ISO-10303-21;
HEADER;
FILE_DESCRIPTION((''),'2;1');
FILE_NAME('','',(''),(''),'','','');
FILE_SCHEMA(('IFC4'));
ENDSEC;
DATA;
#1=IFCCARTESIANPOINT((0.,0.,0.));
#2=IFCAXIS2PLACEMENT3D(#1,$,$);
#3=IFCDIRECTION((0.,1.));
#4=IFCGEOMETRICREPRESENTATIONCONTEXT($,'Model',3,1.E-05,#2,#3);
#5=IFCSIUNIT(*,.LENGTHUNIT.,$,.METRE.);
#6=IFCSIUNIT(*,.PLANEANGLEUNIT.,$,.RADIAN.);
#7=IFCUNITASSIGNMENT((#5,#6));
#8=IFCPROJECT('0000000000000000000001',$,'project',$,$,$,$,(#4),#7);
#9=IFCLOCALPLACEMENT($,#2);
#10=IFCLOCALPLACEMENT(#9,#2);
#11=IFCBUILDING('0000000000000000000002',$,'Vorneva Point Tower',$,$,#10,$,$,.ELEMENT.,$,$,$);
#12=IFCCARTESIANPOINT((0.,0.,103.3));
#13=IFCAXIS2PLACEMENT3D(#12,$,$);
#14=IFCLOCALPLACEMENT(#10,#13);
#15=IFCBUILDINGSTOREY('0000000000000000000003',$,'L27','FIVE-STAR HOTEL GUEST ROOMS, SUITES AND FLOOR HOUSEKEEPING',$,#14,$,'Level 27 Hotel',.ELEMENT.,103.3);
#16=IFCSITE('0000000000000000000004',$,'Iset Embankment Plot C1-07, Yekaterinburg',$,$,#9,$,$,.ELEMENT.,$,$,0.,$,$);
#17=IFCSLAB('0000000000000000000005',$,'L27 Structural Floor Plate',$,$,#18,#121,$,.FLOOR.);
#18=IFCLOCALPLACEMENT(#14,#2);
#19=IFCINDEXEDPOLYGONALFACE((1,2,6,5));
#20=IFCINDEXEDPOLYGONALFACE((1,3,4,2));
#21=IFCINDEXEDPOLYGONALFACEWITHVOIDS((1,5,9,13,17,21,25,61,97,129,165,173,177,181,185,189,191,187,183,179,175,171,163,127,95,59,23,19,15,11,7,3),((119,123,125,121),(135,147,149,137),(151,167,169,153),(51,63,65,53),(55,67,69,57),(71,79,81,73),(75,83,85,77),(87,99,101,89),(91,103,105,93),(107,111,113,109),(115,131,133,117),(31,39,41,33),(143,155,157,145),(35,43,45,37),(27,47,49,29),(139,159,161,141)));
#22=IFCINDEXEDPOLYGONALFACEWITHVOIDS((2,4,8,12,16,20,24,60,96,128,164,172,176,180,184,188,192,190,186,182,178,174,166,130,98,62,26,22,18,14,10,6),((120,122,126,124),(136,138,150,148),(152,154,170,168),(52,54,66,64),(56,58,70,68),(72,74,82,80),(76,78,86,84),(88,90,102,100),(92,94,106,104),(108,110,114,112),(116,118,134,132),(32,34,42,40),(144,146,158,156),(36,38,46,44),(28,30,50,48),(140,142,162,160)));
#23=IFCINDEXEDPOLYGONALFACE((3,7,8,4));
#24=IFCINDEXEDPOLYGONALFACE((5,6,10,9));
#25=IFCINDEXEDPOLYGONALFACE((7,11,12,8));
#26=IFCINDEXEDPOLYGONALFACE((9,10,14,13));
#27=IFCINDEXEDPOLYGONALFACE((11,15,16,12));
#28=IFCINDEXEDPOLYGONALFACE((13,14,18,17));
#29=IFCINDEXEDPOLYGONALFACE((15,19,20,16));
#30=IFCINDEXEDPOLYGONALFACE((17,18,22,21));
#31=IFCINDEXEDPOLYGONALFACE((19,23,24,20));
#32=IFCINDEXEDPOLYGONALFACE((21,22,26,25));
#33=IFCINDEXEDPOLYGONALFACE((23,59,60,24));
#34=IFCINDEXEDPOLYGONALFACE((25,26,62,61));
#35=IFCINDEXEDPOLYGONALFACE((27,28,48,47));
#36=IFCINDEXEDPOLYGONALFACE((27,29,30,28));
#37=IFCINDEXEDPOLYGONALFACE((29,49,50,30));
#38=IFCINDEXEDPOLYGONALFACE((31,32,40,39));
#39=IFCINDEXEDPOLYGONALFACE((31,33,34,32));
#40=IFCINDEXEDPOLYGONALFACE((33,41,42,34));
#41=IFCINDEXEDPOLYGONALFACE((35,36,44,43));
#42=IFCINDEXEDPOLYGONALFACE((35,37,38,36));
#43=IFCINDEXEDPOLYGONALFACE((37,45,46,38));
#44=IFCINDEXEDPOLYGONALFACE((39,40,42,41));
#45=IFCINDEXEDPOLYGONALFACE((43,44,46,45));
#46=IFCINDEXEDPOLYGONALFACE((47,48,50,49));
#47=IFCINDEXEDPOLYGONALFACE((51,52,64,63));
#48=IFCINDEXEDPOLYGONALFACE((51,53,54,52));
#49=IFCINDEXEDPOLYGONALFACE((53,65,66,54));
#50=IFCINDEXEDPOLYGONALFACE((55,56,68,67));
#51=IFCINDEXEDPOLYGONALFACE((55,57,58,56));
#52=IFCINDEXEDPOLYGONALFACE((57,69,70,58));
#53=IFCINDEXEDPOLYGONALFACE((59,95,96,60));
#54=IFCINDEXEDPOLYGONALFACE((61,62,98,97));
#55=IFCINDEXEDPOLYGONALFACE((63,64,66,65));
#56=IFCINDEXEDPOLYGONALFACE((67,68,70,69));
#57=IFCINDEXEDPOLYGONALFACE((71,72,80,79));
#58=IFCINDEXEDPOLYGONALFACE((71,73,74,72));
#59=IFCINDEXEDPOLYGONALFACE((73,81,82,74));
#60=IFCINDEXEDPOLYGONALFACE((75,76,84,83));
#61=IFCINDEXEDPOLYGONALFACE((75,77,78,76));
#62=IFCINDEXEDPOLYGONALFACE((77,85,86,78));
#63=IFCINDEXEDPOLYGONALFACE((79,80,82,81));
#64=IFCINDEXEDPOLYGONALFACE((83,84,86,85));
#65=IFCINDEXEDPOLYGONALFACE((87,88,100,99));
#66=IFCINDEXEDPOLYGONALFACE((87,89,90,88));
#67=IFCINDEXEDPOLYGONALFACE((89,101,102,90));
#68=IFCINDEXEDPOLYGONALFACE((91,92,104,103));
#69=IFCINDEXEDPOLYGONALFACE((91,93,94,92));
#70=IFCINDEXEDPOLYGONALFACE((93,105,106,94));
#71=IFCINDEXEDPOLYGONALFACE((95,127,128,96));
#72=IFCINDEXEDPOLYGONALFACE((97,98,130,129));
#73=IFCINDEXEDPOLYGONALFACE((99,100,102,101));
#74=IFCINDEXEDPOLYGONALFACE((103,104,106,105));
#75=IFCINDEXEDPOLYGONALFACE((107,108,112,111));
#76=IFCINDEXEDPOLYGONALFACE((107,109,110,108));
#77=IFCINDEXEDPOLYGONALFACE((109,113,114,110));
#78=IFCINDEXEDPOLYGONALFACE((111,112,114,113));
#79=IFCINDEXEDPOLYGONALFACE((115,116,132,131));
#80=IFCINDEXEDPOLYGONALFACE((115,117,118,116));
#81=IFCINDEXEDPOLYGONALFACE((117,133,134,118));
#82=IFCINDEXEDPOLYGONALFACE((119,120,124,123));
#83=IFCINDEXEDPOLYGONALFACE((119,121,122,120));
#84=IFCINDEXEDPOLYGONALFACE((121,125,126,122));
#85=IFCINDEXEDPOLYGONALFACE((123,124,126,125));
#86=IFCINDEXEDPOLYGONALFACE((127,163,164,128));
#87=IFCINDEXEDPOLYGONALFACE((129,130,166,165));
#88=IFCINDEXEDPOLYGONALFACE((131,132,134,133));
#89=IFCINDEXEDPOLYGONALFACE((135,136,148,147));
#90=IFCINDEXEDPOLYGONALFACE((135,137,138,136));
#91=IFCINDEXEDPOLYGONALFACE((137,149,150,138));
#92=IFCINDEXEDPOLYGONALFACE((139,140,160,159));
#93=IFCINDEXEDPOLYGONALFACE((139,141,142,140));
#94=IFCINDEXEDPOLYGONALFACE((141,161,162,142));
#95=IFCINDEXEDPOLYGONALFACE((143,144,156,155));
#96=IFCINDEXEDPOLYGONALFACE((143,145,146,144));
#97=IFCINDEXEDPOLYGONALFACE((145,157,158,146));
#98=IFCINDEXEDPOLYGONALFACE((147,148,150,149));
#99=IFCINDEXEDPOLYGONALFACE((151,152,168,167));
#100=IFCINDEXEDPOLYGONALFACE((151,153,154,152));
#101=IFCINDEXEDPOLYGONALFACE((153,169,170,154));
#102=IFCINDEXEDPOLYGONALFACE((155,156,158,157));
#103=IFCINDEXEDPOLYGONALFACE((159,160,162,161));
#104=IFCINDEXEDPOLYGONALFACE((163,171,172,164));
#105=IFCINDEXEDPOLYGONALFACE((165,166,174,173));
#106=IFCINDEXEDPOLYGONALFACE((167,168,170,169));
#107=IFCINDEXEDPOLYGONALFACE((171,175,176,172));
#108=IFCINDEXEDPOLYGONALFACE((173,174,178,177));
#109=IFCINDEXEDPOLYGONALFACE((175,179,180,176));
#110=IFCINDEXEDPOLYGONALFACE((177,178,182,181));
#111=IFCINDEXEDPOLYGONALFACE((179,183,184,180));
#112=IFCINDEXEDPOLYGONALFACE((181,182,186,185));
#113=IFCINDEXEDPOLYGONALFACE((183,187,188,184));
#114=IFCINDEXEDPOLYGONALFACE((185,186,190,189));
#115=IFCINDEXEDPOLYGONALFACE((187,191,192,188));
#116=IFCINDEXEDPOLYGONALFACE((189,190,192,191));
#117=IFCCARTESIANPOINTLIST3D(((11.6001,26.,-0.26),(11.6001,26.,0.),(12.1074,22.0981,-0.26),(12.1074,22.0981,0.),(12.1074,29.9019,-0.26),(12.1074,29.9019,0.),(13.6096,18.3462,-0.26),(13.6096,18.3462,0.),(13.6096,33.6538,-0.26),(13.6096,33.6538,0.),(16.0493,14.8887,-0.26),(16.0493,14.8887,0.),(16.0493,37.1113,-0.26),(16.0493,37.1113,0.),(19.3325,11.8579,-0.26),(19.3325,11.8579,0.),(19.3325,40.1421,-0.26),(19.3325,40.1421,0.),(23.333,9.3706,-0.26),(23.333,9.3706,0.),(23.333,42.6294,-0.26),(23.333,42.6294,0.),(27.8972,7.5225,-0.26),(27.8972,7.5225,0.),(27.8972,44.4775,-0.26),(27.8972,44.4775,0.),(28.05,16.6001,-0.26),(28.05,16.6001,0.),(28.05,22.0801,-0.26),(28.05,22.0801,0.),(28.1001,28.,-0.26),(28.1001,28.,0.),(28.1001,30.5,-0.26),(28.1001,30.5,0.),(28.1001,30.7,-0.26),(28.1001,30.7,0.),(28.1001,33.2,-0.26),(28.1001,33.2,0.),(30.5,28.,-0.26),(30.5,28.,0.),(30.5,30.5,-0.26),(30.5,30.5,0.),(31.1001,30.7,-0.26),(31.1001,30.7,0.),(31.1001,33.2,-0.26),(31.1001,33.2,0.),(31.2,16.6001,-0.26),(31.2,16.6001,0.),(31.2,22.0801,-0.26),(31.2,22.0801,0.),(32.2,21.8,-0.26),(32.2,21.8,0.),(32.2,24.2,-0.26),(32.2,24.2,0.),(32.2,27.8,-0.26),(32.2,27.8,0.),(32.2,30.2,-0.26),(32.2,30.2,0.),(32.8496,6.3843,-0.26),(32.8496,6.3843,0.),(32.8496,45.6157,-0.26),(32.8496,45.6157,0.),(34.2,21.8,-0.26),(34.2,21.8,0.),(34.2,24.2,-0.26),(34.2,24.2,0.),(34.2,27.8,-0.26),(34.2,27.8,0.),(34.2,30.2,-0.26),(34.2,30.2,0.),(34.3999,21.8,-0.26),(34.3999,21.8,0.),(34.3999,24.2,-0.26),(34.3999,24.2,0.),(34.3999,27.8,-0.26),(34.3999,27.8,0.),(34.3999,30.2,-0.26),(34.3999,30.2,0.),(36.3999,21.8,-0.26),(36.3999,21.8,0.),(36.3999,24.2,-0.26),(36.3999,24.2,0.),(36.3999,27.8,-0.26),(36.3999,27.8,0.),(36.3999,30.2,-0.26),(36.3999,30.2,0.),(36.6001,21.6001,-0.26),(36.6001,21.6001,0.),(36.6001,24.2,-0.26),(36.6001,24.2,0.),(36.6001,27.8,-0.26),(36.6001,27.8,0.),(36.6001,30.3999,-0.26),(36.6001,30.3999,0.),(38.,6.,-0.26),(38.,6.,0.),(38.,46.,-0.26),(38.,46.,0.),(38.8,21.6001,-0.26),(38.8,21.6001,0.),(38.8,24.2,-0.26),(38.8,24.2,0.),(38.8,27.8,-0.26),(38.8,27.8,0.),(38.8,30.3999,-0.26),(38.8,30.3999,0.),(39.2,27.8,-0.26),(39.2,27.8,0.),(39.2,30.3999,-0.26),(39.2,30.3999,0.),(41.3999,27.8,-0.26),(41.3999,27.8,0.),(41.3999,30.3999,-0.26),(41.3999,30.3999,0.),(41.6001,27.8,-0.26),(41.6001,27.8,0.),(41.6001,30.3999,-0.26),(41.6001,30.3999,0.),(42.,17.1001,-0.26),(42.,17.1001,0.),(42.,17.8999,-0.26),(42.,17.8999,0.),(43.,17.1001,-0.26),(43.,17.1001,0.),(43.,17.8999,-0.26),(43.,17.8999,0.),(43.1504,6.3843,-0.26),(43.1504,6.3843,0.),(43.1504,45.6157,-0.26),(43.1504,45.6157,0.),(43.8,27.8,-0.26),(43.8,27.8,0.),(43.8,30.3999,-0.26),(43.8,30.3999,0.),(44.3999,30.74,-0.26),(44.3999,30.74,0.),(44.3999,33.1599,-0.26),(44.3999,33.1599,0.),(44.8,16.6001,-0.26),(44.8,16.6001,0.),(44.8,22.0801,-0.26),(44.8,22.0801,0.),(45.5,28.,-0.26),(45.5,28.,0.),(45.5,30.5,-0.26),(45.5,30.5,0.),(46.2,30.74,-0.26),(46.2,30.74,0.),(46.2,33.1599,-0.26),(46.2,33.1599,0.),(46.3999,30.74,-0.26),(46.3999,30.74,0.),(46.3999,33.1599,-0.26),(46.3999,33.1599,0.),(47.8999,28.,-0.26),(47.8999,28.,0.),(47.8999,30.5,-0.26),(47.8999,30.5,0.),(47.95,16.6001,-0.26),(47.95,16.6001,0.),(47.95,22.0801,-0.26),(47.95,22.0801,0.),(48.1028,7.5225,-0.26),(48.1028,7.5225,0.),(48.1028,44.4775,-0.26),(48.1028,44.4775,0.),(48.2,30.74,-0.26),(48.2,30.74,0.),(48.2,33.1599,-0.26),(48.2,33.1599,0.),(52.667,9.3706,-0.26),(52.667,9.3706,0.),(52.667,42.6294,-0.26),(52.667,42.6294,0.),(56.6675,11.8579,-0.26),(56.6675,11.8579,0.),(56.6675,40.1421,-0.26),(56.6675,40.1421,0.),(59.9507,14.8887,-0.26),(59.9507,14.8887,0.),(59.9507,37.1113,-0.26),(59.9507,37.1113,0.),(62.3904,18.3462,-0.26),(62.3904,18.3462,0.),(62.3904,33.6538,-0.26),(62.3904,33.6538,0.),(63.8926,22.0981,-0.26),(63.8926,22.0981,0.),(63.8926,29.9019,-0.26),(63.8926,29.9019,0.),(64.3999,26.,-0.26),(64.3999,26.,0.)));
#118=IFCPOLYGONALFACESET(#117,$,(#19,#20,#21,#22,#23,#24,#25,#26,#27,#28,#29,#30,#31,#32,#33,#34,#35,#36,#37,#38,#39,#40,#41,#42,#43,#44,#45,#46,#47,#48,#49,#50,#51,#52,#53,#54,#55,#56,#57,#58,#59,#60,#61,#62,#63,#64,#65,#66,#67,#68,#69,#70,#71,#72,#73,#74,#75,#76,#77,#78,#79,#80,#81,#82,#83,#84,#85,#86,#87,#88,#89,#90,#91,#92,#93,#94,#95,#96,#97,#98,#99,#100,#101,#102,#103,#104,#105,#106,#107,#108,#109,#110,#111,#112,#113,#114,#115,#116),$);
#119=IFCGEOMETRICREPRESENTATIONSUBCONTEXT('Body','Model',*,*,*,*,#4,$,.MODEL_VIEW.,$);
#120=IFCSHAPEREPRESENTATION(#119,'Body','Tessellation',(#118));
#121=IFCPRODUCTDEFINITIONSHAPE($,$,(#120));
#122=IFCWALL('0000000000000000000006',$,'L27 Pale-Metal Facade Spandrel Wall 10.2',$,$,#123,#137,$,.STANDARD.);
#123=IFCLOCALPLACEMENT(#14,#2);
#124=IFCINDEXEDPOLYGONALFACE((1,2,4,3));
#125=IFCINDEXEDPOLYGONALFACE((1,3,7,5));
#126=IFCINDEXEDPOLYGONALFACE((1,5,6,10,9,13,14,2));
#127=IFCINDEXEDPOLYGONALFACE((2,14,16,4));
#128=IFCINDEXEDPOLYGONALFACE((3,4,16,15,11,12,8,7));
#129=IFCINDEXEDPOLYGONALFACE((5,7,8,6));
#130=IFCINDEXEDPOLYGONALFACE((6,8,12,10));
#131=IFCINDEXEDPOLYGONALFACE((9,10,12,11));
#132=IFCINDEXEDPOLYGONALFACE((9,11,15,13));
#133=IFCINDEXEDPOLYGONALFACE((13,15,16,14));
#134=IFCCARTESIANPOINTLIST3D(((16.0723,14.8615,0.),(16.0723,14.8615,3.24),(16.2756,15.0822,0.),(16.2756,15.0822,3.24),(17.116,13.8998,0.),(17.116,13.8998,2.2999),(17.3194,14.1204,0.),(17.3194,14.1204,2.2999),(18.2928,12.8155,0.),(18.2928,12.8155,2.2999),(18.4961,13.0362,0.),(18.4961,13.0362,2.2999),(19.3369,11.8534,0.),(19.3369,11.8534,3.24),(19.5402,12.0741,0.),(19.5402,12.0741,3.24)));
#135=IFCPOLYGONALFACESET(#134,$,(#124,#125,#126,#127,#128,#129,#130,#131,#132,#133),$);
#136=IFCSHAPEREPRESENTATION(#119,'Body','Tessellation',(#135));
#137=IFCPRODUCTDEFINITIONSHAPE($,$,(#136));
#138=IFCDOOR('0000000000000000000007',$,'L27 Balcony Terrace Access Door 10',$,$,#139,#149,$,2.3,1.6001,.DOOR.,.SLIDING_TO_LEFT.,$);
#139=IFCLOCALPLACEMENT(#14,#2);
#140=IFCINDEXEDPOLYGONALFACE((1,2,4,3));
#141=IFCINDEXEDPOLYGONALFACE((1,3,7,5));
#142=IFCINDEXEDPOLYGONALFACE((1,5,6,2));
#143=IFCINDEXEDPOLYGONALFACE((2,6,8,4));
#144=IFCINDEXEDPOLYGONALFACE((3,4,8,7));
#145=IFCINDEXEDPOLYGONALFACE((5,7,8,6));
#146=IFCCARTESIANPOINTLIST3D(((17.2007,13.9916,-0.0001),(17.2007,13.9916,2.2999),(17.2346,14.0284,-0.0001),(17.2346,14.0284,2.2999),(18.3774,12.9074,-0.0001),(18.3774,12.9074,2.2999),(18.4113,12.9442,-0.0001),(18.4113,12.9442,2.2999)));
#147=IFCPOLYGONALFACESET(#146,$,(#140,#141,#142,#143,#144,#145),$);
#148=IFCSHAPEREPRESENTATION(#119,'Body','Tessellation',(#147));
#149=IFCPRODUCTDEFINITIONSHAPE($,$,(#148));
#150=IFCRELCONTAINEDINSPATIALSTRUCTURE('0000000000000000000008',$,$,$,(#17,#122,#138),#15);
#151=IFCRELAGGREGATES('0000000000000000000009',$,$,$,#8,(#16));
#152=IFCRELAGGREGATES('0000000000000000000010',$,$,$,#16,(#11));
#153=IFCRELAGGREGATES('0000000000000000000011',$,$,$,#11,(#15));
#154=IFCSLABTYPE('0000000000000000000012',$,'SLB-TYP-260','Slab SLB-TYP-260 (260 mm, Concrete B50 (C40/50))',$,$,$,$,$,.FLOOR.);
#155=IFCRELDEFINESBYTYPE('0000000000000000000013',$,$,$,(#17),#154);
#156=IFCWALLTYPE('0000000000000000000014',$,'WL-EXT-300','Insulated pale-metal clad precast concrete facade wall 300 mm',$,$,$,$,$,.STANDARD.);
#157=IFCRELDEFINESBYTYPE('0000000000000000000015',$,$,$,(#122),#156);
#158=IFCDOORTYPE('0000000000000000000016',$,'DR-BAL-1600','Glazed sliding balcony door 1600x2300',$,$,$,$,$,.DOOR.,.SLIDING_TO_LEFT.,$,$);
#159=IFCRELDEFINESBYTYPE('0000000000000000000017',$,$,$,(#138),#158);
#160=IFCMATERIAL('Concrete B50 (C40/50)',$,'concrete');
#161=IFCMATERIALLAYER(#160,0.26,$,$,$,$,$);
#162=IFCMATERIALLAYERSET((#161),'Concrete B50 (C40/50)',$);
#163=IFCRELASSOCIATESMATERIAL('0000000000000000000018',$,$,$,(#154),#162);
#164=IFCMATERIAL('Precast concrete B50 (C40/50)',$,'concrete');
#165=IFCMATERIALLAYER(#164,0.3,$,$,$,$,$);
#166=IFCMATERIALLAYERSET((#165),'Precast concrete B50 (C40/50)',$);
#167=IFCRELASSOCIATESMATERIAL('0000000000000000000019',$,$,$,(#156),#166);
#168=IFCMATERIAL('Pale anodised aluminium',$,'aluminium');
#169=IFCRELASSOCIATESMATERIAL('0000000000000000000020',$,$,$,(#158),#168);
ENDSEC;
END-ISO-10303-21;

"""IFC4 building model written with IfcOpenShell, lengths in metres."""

from ifc_helpers import new_model, si_unit, direction, frame, frame_2d, origin, place, context, subcontext, project, spatial, polyline, rectangle, outline, extrude, material, layer, layer_set, type_object, element, fill, save


model = new_model("IFC4")

# Units and contexts
model_context = context("Model", 3, precision=1e-05, world=origin(), true_north=direction((0.0, 1.0)))
body_context = subcontext(model_context, "Body", "Model", "MODEL_VIEW")
ifc_project = project(units=[si_unit("LENGTHUNIT", "METRE"), si_unit("PLANEANGLEUNIT", "RADIAN")], contexts=[model_context])

# Site, building, storey
site_placement = place(None, origin())
site = spatial("IfcSite", under=ifc_project, at=site_placement, Name="Iset Embankment Plot C1-07, Yekaterinburg", CompositionType="ELEMENT", RefElevation=0.0)
building_placement = place(site_placement, origin())
building = spatial("IfcBuilding", under=site, at=building_placement, Name="Vorneva Point Tower", CompositionType="ELEMENT")
storey_placement = place(building_placement, frame((0.0, 0.0, 103.3)))
storey = spatial("IfcBuildingStorey", under=building, at=storey_placement, Name="L27", Description="FIVE-STAR HOTEL GUEST ROOMS, SUITES AND FLOOR HOUSEKEEPING", LongName="Level 27 Hotel", CompositionType="ELEMENT", Elevation=103.3)

# Shared definitions
ifc_material_1 = material(Name="Pale anodised aluminium", Category="aluminium")

# Shared definitions
ifc_material_2 = material(Name="Concrete B50 (C40/50)", Category="concrete")

# Slab
ifc_layer_1 = layer(ifc_material_2, 0.26)
ifc_layer_set_1 = layer_set([ifc_layer_1], Name="Concrete B50 (C40/50)")
slab_type_1 = type_object("IfcSlabType", Name="SLB-TYP-260", Description="Slab SLB-TYP-260 (260 mm, Concrete B50 (C40/50))", PredefinedType="FLOOR", material=ifc_layer_set_1)
slab_1_placement = place(storey_placement, frame((0.0, 0.0, -0.26)))
element("IfcSlab", 1, at=slab_1_placement, inside=storey, type_object=slab_type_1, Name="L27 Structural Floor Plate", PredefinedType="FLOOR", context=body_context, shape_type="SweptSolid", body=[
    extrude(outline(polyline([(64.3999, 26.0), (63.8926, 29.9019), (62.3904, 33.6538), (59.9507, 37.1113), (56.6675, 40.1421), (52.667, 42.6294), (48.1028, 44.4775), (43.1504, 45.6157), (38.0, 46.0), (32.8496, 45.6157), (27.8972, 44.4775), (23.333, 42.6294), (19.3325, 40.1421), (16.0493, 37.1113), (13.6096, 33.6538), (12.1074, 29.9019), (11.6001, 26.0), (12.1074, 22.0981), (13.6096, 18.3462), (16.0493, 14.8887), (19.3325, 11.8579), (23.333, 9.3706), (27.8972, 7.5225), (32.8496, 6.3843), (38.0, 6.0), (43.1504, 6.3843), (48.1028, 7.5225), (52.667, 9.3706), (56.6675, 11.8579), (59.9507, 14.8887), (62.3904, 18.3462), (63.8926, 22.0981), (64.3999, 26.0)]), holes=[polyline([(32.2, 27.8), (34.2, 27.8), (34.2, 30.2), (32.2, 30.2), (32.2, 27.8)]), polyline([(34.3999, 27.8), (36.3999, 27.8), (36.3999, 30.2), (34.3999, 30.2), (34.3999, 27.8)]), polyline([(36.6001, 27.8), (38.8, 27.8), (38.8, 30.3999), (36.6001, 30.3999), (36.6001, 27.8)]), polyline([(32.2, 21.8), (34.2, 21.8), (34.2, 24.2), (32.2, 24.2), (32.2, 21.8)]), polyline([(34.3999, 21.8), (36.3999, 21.8), (36.3999, 24.2), (34.3999, 24.2), (34.3999, 21.8)]), polyline([(36.6001, 21.6001), (38.8, 21.6001), (38.8, 24.2), (36.6001, 24.2), (36.6001, 21.6001)]), polyline([(39.2, 27.8), (41.3999, 27.8), (41.3999, 30.3999), (39.2, 30.3999), (39.2, 27.8)]), polyline([(41.6001, 27.8), (43.8, 27.8), (43.8, 30.3999), (41.6001, 30.3999), (41.6001, 27.8)]), polyline([(44.3999, 30.74), (46.2, 30.74), (46.2, 33.1599), (44.3999, 33.1599), (44.3999, 30.74)]), polyline([(46.3999, 30.74), (48.2, 30.74), (48.2, 33.1599), (46.3999, 33.1599), (46.3999, 30.74)]), polyline([(28.1001, 28.0), (30.5, 28.0), (30.5, 30.5), (28.1001, 30.5), (28.1001, 28.0)]), polyline([(45.5, 28.0), (47.8999, 28.0), (47.8999, 30.5), (45.5, 30.5), (45.5, 28.0)]), polyline([(28.1001, 30.7), (31.1001, 30.7), (31.1001, 33.2), (28.1001, 33.2), (28.1001, 30.7)]), polyline([(28.05, 16.6001), (31.2, 16.6001), (31.2, 22.0801), (28.05, 22.0801), (28.05, 16.6001)]), polyline([(44.8, 16.6001), (47.95, 16.6001), (47.95, 22.0801), (44.8, 22.0801), (44.8, 16.6001)]), polyline([(42.0, 17.1001), (43.0, 17.1001), (43.0, 17.8999), (42.0, 17.8999), (42.0, 17.1001)])]), origin(), (0.0, 0.0, 1.0), 0.26),
])

# Wall, opening, door
ifc_material_3 = material(Name="Precast concrete B50 (C40/50)", Category="concrete")
ifc_layer_2 = layer(ifc_material_3, 0.3)
ifc_layer_set_2 = layer_set([ifc_layer_2], Name="Precast concrete B50 (C40/50)")
wall_type_1 = type_object("IfcWallType", Name="WL-EXT-300", Description="Insulated pale-metal clad precast concrete facade wall 300 mm", PredefinedType="STANDARD", material=ifc_layer_set_2)
wall_1_placement = place(storey_placement, frame((16.1738, 14.9719, 0.0), z_axis=(0.0, 0.0, 1.0), x_axis=(0.735417, -0.677615, 0.0)))
wall_1 = element("IfcWall", 2, at=wall_1_placement, inside=storey, type_object=wall_type_1, Name="L27 Pale-Metal Facade Spandrel Wall 10.2", PredefinedType="STANDARD", context=body_context, shape_type="SweptSolid", body=[
    extrude(rectangle(XDim=4.4392, YDim=0.3, at=frame_2d((2.2197, 0.0))), origin(), (0.0, 0.0, 1.0), 3.24),
])
opening_1_placement = place(wall_1_placement, frame((1.4194, 0.0, 0.0)))
opening_1 = element("IfcOpeningElement", 3, at=opening_1_placement, cuts=wall_1, PredefinedType="OPENING", context=body_context, shape_type="SweptSolid", body=[
    extrude(rectangle(XDim=1.6001, YDim=2.3, at=frame_2d((0.8, 1.1499))), frame((0.0, 0.165, 0.0), z_axis=(0.0, -1.0, 0.0), x_axis=(1.0, 0.0, 0.0)), (0.0, 0.0, 1.0), 0.3298),
])
door_type_1 = type_object("IfcDoorType", Name="DR-BAL-1600", Description="Glazed sliding balcony door 1600x2300", OperationType="SLIDING_TO_LEFT", PredefinedType="DOOR", material=ifc_material_1)
door_1_placement = place(opening_1_placement, origin())
door_1 = element("IfcDoor", 4, at=door_1_placement, inside=storey, type_object=door_type_1, Name="L27 Balcony Terrace Access Door 10", OperationType="SLIDING_TO_LEFT", OverallHeight=2.3, OverallWidth=1.6001, PredefinedType="DOOR", context=body_context, shape_type="SweptSolid", body=[
    extrude(rectangle(XDim=1.6001, YDim=2.3, at=frame_2d((0.8, 1.1499))), frame((0.0, 0.0249, 0.0), z_axis=(0.0, -1.0, 0.0), x_axis=(1.0, 0.0, 0.0)), (0.0, 0.0, 1.0), 0.05),
])
fill(opening_1, door_1)

save(model, "model.ifc")
